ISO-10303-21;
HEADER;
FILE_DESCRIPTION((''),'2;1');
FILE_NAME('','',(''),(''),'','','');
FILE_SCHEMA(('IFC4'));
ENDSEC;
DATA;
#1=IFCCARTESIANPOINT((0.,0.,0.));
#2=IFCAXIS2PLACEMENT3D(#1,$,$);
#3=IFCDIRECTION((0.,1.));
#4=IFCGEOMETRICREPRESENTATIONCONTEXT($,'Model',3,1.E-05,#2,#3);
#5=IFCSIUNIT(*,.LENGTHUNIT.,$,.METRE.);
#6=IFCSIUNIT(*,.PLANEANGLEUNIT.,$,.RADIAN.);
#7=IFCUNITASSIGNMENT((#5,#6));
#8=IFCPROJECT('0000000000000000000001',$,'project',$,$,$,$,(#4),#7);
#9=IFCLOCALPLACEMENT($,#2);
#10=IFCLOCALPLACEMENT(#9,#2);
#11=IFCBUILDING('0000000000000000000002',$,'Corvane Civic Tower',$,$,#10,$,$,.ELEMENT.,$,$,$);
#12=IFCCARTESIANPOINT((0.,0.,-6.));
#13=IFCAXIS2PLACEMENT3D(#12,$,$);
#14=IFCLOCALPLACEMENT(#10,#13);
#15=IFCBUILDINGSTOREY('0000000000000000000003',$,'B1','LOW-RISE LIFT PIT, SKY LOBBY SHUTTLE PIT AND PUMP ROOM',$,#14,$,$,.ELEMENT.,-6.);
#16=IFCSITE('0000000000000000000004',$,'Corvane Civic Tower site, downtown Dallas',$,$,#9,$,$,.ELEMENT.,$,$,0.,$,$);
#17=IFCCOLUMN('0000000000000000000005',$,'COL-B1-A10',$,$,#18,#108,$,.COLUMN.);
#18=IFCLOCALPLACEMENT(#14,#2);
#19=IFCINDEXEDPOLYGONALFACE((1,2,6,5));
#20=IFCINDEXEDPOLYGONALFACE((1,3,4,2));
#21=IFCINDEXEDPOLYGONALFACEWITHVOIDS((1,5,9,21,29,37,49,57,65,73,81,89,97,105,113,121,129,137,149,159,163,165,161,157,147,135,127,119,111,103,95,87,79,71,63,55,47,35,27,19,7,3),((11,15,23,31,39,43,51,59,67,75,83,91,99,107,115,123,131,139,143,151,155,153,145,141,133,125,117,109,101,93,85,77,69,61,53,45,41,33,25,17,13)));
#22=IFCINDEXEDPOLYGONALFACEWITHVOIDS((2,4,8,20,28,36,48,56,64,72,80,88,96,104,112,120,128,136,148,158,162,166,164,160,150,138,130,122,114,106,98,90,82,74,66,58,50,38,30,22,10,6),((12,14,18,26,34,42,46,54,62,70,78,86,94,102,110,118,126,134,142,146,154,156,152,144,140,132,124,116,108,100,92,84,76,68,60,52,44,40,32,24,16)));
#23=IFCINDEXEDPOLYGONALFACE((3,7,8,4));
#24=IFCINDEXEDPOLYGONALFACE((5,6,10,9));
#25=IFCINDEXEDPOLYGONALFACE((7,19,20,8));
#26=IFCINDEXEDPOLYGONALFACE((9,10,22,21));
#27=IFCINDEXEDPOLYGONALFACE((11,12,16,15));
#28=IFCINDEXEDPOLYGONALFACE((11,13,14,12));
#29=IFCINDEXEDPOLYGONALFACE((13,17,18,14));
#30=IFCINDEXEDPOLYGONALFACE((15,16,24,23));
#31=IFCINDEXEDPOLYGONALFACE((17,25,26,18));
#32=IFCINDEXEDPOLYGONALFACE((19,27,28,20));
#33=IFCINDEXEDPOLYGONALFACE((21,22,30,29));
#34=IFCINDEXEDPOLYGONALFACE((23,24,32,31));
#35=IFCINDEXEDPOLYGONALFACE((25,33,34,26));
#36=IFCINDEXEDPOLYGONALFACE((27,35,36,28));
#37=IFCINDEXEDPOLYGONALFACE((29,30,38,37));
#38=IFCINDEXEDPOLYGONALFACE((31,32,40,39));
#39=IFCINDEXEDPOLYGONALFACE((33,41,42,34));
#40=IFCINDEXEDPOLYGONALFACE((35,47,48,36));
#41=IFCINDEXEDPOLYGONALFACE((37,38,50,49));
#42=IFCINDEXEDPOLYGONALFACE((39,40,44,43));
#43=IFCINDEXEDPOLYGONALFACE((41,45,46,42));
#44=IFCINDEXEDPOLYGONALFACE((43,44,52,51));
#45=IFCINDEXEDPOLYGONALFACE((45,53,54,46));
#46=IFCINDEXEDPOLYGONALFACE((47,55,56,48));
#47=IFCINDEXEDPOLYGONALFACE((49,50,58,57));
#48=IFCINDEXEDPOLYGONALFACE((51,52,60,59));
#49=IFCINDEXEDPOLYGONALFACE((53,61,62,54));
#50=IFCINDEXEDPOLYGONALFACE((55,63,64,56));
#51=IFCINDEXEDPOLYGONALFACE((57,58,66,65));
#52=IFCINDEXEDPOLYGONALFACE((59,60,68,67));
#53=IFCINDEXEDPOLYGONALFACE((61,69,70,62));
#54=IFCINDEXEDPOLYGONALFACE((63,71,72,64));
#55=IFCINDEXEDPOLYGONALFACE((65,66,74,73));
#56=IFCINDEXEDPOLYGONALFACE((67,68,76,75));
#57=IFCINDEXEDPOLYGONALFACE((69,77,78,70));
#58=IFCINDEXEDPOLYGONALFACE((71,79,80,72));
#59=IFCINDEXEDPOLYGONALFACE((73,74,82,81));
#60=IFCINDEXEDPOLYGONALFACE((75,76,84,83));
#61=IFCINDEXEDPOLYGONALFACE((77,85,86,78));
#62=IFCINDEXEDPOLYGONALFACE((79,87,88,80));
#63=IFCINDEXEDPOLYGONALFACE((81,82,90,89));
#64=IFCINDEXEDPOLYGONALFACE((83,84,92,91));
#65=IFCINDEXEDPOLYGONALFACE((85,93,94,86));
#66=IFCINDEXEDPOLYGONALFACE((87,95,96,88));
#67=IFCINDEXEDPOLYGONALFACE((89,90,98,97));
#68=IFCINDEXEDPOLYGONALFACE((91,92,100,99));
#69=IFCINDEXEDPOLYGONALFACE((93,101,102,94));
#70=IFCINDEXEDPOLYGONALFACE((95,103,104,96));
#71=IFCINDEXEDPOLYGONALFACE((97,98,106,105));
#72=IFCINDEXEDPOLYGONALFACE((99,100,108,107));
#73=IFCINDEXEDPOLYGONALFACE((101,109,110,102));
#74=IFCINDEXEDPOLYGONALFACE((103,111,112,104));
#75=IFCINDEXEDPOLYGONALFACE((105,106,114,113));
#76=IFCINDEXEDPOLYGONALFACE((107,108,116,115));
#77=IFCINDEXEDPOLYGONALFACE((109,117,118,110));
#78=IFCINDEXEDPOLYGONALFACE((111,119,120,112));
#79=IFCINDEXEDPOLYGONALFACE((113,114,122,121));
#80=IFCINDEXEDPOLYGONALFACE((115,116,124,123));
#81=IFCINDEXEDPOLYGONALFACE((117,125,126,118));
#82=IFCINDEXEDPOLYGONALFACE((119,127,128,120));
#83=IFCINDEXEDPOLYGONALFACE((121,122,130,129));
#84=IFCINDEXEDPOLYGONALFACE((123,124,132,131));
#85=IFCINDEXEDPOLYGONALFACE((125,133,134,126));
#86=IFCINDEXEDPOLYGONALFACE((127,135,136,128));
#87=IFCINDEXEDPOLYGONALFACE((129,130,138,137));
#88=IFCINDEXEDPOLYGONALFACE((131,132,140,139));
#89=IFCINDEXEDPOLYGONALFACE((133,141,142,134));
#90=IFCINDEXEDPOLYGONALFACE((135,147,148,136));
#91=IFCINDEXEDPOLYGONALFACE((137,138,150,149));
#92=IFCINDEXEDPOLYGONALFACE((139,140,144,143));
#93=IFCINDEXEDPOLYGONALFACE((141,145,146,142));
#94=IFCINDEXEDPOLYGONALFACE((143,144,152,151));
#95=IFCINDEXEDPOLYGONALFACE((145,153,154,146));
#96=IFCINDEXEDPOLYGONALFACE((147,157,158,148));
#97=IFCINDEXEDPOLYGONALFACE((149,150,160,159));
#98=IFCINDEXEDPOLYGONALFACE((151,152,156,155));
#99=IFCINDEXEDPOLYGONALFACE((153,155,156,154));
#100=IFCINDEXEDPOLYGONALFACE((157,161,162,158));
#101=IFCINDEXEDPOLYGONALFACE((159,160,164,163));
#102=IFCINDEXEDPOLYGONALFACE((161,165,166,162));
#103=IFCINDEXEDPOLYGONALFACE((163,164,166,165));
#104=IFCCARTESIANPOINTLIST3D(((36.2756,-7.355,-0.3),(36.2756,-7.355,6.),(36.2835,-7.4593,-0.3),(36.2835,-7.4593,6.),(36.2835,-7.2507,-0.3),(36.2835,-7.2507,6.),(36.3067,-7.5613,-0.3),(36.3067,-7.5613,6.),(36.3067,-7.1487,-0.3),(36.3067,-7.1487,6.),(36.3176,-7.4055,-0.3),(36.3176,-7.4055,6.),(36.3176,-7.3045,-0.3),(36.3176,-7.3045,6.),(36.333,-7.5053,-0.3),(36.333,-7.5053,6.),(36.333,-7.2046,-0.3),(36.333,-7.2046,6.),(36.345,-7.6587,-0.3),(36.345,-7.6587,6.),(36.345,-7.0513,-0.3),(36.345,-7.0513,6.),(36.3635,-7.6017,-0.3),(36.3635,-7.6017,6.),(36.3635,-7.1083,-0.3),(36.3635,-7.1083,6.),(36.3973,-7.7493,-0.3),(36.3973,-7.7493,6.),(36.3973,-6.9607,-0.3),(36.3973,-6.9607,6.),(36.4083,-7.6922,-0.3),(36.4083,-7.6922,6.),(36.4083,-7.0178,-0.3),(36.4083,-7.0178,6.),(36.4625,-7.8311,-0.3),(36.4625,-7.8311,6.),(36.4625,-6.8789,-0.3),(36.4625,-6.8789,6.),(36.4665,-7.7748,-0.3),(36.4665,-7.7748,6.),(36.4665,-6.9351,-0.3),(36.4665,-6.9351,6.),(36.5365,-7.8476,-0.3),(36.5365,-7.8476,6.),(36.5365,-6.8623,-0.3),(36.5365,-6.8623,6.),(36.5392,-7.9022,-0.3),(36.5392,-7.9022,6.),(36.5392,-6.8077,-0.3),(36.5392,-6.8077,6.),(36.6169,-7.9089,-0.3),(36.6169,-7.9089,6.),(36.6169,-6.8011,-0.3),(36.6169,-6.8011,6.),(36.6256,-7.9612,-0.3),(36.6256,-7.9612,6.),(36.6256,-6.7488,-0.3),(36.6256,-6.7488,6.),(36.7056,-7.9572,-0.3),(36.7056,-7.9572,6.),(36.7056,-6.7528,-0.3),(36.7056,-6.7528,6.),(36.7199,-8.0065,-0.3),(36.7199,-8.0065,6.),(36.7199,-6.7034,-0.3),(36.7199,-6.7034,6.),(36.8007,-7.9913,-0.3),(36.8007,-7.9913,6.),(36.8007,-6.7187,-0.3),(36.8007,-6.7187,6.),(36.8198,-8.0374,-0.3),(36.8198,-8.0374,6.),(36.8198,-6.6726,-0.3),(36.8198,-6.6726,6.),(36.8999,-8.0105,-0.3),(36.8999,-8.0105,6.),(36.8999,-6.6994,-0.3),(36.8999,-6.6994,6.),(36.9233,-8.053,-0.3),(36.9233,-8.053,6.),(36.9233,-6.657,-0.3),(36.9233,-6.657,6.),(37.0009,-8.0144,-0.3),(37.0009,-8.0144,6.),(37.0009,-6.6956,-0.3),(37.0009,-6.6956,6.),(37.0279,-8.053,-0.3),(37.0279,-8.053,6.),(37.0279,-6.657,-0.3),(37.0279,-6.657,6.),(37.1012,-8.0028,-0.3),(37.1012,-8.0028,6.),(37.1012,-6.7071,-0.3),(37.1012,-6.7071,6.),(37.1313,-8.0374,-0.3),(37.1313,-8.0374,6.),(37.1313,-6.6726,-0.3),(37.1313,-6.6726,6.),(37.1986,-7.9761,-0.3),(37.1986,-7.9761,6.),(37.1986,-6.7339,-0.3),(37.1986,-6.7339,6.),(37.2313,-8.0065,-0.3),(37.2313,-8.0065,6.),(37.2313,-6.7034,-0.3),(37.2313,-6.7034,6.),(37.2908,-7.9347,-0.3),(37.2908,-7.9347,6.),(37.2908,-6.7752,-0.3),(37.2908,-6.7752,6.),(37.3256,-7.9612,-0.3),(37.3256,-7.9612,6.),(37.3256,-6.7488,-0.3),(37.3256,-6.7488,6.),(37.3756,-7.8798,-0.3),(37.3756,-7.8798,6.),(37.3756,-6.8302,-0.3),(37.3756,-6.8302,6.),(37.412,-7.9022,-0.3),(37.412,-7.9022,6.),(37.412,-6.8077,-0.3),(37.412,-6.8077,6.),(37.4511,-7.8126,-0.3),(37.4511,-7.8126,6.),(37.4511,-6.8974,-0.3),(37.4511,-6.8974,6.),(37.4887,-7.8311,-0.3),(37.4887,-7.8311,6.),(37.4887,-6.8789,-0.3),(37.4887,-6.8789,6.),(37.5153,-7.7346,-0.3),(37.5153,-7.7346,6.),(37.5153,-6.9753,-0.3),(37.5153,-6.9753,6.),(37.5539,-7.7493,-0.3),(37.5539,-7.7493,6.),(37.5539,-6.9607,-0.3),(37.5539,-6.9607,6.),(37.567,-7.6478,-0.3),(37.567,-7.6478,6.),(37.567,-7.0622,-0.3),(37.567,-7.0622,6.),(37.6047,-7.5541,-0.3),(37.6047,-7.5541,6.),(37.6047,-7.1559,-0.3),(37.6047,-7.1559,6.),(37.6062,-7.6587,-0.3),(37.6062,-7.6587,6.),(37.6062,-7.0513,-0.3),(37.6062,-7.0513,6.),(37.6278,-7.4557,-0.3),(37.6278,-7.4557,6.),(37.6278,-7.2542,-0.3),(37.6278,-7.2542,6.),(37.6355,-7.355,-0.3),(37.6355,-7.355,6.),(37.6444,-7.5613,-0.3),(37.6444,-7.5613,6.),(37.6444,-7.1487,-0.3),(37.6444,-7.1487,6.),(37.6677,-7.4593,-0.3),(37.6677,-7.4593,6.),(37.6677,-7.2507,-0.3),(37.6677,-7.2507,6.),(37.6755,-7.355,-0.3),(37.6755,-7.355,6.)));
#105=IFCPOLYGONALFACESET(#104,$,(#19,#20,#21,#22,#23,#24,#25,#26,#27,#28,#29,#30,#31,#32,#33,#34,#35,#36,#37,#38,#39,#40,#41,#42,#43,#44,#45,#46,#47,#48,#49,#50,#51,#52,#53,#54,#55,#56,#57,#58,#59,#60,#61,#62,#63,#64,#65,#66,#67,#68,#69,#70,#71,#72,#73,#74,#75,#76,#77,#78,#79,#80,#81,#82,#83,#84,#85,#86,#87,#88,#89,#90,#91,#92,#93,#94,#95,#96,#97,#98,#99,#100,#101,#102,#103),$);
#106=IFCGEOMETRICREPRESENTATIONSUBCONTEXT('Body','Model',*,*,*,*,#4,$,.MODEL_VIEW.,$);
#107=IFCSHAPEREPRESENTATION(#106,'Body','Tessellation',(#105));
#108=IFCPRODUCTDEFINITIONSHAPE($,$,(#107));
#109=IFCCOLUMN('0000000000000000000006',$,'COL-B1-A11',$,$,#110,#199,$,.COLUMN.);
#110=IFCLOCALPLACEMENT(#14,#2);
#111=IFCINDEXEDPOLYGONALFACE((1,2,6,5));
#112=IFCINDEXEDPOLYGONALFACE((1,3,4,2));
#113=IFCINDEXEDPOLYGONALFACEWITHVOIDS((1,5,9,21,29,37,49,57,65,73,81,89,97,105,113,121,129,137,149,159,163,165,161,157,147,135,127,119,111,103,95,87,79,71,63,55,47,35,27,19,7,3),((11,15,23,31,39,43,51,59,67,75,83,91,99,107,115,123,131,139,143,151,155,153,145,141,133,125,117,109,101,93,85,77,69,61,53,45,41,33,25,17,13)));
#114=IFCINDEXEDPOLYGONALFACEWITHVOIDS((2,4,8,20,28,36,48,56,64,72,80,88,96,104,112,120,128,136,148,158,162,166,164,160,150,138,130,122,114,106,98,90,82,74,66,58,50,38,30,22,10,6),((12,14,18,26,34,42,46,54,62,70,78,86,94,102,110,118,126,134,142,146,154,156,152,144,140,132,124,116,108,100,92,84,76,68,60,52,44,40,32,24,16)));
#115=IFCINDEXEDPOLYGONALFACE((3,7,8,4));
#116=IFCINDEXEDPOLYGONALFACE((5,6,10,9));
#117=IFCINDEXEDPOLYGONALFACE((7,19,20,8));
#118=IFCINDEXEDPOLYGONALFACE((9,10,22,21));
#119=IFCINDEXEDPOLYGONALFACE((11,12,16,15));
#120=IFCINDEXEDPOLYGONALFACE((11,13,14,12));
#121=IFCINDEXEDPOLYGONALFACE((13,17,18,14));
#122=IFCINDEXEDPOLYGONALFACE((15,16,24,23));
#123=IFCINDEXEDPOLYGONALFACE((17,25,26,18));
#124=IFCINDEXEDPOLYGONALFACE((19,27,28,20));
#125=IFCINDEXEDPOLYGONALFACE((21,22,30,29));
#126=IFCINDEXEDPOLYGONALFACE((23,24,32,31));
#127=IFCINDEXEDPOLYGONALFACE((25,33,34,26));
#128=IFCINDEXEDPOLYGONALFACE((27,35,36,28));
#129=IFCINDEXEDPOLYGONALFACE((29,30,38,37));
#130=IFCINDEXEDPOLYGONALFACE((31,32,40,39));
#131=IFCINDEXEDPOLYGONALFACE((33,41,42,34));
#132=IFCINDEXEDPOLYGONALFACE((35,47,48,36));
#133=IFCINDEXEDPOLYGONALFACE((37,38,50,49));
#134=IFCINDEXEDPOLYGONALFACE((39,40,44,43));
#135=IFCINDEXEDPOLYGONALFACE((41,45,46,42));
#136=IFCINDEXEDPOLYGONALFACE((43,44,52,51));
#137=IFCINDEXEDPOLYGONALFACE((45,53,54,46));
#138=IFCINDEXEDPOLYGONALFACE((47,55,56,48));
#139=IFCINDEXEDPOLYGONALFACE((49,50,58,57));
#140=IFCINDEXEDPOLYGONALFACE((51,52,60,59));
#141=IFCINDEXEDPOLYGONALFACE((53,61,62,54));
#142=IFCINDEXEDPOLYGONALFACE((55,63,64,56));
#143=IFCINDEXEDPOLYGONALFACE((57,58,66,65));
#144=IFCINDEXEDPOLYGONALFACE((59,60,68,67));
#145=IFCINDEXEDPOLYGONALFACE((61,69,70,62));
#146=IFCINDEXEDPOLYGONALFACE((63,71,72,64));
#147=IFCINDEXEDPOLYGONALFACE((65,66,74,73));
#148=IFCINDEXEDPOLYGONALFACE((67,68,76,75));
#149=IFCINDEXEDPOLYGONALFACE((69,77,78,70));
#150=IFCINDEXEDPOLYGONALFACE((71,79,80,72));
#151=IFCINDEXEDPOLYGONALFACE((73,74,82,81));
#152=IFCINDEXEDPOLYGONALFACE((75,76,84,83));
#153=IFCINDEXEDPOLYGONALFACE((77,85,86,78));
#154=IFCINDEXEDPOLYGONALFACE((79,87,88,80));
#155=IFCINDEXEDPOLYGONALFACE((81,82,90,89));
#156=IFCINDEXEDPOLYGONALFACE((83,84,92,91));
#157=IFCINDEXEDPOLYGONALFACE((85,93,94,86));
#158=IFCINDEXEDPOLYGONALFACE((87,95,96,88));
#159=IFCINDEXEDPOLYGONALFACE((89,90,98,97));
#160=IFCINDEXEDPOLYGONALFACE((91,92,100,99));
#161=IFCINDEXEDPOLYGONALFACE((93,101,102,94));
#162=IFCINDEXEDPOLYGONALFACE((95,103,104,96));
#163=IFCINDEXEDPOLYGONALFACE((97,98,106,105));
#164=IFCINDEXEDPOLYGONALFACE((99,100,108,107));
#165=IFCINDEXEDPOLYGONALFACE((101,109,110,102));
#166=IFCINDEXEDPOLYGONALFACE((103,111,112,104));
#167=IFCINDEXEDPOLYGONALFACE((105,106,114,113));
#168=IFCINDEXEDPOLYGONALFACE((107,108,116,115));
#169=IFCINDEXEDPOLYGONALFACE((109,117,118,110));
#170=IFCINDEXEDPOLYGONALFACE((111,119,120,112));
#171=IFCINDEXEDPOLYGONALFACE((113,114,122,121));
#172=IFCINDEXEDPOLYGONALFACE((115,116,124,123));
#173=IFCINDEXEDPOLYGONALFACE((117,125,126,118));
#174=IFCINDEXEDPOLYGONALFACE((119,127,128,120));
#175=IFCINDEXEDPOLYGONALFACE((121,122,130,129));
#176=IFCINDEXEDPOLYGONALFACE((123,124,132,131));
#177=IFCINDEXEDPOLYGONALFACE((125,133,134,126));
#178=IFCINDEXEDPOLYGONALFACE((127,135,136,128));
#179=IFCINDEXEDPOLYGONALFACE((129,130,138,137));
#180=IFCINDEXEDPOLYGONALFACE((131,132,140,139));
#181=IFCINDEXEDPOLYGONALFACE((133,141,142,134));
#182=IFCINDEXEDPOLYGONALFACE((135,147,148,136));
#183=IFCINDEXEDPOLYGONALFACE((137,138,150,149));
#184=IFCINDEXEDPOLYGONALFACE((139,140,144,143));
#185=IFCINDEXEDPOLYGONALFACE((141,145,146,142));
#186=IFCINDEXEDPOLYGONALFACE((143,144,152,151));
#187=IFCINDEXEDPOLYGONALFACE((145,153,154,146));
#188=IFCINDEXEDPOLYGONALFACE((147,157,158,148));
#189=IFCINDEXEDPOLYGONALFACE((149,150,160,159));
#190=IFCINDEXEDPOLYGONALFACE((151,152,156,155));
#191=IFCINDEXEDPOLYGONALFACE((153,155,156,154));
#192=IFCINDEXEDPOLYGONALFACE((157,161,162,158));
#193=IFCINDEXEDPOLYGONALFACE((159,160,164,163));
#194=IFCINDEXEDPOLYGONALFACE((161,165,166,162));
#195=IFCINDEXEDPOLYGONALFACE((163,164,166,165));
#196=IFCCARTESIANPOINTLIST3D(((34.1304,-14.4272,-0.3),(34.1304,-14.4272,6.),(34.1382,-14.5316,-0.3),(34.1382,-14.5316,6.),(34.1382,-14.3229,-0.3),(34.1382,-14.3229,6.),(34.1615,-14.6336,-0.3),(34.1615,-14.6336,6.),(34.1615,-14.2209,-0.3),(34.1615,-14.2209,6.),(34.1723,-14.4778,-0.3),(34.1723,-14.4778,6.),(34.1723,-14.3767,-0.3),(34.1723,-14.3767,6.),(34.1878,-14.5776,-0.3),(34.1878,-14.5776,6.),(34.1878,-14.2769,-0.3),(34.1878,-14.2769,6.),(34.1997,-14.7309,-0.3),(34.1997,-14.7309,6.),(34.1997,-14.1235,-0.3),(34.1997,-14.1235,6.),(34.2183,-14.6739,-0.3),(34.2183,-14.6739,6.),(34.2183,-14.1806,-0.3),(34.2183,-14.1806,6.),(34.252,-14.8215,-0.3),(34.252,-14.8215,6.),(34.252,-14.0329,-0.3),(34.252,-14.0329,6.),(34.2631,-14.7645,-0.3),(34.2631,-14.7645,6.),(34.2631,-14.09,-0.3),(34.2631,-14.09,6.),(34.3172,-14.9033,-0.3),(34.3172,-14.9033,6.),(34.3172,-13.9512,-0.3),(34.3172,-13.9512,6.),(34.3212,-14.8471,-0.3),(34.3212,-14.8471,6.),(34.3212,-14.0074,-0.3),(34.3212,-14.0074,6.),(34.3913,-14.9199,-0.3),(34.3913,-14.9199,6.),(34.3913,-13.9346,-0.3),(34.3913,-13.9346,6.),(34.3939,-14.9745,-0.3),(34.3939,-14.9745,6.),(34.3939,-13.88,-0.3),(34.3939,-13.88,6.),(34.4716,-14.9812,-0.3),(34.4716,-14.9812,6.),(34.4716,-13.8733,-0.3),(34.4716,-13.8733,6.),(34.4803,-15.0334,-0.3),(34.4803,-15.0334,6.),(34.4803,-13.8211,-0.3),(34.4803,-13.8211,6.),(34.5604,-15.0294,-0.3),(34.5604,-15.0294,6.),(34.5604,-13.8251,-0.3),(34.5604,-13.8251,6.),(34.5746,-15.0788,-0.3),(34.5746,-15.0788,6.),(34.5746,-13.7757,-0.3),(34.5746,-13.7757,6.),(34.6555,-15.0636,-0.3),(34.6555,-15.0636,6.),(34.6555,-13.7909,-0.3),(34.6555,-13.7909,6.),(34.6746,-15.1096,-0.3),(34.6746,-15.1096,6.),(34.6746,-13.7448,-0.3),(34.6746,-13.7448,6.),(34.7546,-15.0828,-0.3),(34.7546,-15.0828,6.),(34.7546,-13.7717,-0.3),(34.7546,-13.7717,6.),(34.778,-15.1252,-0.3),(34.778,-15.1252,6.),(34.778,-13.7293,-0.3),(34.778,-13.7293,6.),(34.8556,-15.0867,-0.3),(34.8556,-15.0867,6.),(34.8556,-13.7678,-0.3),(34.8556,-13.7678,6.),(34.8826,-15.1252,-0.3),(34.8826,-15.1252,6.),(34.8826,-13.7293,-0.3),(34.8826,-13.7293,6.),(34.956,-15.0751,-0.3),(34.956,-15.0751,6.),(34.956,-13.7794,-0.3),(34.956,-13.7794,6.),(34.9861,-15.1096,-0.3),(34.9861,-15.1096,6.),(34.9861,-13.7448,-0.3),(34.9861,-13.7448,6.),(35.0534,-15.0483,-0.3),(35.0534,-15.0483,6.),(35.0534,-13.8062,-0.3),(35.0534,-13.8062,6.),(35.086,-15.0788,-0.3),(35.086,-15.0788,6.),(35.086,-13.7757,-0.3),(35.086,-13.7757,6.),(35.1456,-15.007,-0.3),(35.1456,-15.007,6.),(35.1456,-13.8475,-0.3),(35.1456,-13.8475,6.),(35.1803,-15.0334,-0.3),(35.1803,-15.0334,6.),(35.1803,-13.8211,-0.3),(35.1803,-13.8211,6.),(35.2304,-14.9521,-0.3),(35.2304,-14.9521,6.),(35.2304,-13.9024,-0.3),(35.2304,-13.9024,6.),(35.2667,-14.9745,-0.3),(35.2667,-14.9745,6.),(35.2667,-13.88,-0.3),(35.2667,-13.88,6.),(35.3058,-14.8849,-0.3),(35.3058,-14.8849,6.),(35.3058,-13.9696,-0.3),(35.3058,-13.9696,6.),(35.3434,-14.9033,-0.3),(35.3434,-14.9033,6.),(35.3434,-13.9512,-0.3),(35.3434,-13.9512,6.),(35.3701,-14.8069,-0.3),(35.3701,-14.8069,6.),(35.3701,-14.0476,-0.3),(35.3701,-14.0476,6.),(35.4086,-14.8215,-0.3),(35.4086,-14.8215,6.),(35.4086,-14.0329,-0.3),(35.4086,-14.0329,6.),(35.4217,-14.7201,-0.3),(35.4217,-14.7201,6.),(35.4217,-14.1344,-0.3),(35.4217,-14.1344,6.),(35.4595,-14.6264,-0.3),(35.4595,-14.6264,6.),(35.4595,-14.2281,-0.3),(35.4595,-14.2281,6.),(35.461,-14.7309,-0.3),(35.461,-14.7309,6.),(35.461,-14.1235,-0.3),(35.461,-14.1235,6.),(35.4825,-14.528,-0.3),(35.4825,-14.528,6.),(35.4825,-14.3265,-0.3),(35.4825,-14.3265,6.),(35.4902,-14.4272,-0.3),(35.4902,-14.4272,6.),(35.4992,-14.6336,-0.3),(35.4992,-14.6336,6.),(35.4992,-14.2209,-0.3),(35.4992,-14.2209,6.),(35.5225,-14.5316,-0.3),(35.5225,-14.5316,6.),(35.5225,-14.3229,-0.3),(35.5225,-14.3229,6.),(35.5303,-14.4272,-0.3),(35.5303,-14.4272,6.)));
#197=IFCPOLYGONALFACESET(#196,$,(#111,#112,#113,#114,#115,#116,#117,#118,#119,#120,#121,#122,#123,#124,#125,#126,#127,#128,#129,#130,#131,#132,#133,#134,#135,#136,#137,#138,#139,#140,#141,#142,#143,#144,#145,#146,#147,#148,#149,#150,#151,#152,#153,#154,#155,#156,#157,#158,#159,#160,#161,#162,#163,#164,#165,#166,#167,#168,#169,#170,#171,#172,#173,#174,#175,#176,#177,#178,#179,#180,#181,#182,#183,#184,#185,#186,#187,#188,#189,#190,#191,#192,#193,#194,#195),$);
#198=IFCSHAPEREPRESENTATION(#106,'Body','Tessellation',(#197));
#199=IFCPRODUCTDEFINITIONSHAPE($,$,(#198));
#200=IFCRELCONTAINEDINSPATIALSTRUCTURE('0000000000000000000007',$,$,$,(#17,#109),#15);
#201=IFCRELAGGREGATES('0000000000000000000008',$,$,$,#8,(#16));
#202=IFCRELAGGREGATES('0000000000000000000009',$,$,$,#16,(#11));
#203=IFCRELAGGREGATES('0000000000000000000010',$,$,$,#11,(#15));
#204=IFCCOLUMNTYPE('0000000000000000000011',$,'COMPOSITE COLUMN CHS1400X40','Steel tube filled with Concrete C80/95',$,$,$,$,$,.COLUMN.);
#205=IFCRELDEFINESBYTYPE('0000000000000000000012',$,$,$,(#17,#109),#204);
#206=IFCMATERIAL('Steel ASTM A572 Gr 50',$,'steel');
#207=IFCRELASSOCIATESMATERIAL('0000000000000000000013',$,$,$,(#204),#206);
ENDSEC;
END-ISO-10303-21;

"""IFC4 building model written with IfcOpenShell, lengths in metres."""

from ifc_helpers import new_model, si_unit, direction, frame, origin, origin_2d, place, context, subcontext, project, spatial, hollow_circle, extrude, material, material_profile, profile_set, type_object, element, save


model = new_model("IFC4")

# Units and contexts
model_context = context("Model", 3, precision=1e-05, world=origin(), true_north=direction((0.0, 1.0)))
body_context = subcontext(model_context, "Body", "Model", "MODEL_VIEW")
ifc_project = project(units=[si_unit("LENGTHUNIT", "METRE"), si_unit("PLANEANGLEUNIT", "RADIAN")], contexts=[model_context])

# Site, building, storey
site_placement = place(None, origin())
site = spatial("IfcSite", under=ifc_project, at=site_placement, Name="Corvane Civic Tower site, downtown Dallas", CompositionType="ELEMENT", RefElevation=0.0)
building_placement = place(site_placement, origin())
building = spatial("IfcBuilding", under=site, at=building_placement, Name="Corvane Civic Tower", CompositionType="ELEMENT")
storey_placement = place(building_placement, frame((0.0, 0.0, -6.0)))
storey = spatial("IfcBuildingStorey", under=building, at=storey_placement, Name="B1", Description="LOW-RISE LIFT PIT, SKY LOBBY SHUTTLE PIT AND PUMP ROOM", CompositionType="ELEMENT", Elevation=-6.0)

# Columns
ifc_material_1 = material(Name="Steel ASTM A572 Gr 50", Category="steel")
ifc_material_profile_1 = material_profile(ifc_material_1, hollow_circle(Radius=0.7, WallThickness=0.04, at=origin_2d()), Name="CHS1400X40")
ifc_profile_set_1 = profile_set([ifc_material_profile_1], Name="Steel ASTM A572 Gr 50")
column_type_1 = type_object("IfcColumnType", Name="COMPOSITE COLUMN CHS1400X40", Description="Steel tube filled with Concrete C80/95", PredefinedType="COLUMN", material=ifc_profile_set_1)
for number, where, z_axis, x_axis, name in (
    (1, (36.9756, -7.355, -0.3), (0.0, 0.0, 1.0), (1.0, 0.0, 0.0), "COL-B1-A10"),
    (2, (34.8303, -14.4272, -0.3), (0.0, 0.0, 1.0), (1.0, 0.0, 0.0), "COL-B1-A11"),
):
    element("IfcColumn", number, at=place(storey_placement, frame(where, z_axis=z_axis, x_axis=x_axis)), inside=storey, type_object=column_type_1, Name=name, PredefinedType="COLUMN", context=body_context, shape_type="SweptSolid", body=[
        extrude(hollow_circle(Radius=0.7, WallThickness=0.04, at=origin_2d()), origin(), (0.0, 0.0, 1.0), 6.3),
    ])

save(model, "model.ifc")
